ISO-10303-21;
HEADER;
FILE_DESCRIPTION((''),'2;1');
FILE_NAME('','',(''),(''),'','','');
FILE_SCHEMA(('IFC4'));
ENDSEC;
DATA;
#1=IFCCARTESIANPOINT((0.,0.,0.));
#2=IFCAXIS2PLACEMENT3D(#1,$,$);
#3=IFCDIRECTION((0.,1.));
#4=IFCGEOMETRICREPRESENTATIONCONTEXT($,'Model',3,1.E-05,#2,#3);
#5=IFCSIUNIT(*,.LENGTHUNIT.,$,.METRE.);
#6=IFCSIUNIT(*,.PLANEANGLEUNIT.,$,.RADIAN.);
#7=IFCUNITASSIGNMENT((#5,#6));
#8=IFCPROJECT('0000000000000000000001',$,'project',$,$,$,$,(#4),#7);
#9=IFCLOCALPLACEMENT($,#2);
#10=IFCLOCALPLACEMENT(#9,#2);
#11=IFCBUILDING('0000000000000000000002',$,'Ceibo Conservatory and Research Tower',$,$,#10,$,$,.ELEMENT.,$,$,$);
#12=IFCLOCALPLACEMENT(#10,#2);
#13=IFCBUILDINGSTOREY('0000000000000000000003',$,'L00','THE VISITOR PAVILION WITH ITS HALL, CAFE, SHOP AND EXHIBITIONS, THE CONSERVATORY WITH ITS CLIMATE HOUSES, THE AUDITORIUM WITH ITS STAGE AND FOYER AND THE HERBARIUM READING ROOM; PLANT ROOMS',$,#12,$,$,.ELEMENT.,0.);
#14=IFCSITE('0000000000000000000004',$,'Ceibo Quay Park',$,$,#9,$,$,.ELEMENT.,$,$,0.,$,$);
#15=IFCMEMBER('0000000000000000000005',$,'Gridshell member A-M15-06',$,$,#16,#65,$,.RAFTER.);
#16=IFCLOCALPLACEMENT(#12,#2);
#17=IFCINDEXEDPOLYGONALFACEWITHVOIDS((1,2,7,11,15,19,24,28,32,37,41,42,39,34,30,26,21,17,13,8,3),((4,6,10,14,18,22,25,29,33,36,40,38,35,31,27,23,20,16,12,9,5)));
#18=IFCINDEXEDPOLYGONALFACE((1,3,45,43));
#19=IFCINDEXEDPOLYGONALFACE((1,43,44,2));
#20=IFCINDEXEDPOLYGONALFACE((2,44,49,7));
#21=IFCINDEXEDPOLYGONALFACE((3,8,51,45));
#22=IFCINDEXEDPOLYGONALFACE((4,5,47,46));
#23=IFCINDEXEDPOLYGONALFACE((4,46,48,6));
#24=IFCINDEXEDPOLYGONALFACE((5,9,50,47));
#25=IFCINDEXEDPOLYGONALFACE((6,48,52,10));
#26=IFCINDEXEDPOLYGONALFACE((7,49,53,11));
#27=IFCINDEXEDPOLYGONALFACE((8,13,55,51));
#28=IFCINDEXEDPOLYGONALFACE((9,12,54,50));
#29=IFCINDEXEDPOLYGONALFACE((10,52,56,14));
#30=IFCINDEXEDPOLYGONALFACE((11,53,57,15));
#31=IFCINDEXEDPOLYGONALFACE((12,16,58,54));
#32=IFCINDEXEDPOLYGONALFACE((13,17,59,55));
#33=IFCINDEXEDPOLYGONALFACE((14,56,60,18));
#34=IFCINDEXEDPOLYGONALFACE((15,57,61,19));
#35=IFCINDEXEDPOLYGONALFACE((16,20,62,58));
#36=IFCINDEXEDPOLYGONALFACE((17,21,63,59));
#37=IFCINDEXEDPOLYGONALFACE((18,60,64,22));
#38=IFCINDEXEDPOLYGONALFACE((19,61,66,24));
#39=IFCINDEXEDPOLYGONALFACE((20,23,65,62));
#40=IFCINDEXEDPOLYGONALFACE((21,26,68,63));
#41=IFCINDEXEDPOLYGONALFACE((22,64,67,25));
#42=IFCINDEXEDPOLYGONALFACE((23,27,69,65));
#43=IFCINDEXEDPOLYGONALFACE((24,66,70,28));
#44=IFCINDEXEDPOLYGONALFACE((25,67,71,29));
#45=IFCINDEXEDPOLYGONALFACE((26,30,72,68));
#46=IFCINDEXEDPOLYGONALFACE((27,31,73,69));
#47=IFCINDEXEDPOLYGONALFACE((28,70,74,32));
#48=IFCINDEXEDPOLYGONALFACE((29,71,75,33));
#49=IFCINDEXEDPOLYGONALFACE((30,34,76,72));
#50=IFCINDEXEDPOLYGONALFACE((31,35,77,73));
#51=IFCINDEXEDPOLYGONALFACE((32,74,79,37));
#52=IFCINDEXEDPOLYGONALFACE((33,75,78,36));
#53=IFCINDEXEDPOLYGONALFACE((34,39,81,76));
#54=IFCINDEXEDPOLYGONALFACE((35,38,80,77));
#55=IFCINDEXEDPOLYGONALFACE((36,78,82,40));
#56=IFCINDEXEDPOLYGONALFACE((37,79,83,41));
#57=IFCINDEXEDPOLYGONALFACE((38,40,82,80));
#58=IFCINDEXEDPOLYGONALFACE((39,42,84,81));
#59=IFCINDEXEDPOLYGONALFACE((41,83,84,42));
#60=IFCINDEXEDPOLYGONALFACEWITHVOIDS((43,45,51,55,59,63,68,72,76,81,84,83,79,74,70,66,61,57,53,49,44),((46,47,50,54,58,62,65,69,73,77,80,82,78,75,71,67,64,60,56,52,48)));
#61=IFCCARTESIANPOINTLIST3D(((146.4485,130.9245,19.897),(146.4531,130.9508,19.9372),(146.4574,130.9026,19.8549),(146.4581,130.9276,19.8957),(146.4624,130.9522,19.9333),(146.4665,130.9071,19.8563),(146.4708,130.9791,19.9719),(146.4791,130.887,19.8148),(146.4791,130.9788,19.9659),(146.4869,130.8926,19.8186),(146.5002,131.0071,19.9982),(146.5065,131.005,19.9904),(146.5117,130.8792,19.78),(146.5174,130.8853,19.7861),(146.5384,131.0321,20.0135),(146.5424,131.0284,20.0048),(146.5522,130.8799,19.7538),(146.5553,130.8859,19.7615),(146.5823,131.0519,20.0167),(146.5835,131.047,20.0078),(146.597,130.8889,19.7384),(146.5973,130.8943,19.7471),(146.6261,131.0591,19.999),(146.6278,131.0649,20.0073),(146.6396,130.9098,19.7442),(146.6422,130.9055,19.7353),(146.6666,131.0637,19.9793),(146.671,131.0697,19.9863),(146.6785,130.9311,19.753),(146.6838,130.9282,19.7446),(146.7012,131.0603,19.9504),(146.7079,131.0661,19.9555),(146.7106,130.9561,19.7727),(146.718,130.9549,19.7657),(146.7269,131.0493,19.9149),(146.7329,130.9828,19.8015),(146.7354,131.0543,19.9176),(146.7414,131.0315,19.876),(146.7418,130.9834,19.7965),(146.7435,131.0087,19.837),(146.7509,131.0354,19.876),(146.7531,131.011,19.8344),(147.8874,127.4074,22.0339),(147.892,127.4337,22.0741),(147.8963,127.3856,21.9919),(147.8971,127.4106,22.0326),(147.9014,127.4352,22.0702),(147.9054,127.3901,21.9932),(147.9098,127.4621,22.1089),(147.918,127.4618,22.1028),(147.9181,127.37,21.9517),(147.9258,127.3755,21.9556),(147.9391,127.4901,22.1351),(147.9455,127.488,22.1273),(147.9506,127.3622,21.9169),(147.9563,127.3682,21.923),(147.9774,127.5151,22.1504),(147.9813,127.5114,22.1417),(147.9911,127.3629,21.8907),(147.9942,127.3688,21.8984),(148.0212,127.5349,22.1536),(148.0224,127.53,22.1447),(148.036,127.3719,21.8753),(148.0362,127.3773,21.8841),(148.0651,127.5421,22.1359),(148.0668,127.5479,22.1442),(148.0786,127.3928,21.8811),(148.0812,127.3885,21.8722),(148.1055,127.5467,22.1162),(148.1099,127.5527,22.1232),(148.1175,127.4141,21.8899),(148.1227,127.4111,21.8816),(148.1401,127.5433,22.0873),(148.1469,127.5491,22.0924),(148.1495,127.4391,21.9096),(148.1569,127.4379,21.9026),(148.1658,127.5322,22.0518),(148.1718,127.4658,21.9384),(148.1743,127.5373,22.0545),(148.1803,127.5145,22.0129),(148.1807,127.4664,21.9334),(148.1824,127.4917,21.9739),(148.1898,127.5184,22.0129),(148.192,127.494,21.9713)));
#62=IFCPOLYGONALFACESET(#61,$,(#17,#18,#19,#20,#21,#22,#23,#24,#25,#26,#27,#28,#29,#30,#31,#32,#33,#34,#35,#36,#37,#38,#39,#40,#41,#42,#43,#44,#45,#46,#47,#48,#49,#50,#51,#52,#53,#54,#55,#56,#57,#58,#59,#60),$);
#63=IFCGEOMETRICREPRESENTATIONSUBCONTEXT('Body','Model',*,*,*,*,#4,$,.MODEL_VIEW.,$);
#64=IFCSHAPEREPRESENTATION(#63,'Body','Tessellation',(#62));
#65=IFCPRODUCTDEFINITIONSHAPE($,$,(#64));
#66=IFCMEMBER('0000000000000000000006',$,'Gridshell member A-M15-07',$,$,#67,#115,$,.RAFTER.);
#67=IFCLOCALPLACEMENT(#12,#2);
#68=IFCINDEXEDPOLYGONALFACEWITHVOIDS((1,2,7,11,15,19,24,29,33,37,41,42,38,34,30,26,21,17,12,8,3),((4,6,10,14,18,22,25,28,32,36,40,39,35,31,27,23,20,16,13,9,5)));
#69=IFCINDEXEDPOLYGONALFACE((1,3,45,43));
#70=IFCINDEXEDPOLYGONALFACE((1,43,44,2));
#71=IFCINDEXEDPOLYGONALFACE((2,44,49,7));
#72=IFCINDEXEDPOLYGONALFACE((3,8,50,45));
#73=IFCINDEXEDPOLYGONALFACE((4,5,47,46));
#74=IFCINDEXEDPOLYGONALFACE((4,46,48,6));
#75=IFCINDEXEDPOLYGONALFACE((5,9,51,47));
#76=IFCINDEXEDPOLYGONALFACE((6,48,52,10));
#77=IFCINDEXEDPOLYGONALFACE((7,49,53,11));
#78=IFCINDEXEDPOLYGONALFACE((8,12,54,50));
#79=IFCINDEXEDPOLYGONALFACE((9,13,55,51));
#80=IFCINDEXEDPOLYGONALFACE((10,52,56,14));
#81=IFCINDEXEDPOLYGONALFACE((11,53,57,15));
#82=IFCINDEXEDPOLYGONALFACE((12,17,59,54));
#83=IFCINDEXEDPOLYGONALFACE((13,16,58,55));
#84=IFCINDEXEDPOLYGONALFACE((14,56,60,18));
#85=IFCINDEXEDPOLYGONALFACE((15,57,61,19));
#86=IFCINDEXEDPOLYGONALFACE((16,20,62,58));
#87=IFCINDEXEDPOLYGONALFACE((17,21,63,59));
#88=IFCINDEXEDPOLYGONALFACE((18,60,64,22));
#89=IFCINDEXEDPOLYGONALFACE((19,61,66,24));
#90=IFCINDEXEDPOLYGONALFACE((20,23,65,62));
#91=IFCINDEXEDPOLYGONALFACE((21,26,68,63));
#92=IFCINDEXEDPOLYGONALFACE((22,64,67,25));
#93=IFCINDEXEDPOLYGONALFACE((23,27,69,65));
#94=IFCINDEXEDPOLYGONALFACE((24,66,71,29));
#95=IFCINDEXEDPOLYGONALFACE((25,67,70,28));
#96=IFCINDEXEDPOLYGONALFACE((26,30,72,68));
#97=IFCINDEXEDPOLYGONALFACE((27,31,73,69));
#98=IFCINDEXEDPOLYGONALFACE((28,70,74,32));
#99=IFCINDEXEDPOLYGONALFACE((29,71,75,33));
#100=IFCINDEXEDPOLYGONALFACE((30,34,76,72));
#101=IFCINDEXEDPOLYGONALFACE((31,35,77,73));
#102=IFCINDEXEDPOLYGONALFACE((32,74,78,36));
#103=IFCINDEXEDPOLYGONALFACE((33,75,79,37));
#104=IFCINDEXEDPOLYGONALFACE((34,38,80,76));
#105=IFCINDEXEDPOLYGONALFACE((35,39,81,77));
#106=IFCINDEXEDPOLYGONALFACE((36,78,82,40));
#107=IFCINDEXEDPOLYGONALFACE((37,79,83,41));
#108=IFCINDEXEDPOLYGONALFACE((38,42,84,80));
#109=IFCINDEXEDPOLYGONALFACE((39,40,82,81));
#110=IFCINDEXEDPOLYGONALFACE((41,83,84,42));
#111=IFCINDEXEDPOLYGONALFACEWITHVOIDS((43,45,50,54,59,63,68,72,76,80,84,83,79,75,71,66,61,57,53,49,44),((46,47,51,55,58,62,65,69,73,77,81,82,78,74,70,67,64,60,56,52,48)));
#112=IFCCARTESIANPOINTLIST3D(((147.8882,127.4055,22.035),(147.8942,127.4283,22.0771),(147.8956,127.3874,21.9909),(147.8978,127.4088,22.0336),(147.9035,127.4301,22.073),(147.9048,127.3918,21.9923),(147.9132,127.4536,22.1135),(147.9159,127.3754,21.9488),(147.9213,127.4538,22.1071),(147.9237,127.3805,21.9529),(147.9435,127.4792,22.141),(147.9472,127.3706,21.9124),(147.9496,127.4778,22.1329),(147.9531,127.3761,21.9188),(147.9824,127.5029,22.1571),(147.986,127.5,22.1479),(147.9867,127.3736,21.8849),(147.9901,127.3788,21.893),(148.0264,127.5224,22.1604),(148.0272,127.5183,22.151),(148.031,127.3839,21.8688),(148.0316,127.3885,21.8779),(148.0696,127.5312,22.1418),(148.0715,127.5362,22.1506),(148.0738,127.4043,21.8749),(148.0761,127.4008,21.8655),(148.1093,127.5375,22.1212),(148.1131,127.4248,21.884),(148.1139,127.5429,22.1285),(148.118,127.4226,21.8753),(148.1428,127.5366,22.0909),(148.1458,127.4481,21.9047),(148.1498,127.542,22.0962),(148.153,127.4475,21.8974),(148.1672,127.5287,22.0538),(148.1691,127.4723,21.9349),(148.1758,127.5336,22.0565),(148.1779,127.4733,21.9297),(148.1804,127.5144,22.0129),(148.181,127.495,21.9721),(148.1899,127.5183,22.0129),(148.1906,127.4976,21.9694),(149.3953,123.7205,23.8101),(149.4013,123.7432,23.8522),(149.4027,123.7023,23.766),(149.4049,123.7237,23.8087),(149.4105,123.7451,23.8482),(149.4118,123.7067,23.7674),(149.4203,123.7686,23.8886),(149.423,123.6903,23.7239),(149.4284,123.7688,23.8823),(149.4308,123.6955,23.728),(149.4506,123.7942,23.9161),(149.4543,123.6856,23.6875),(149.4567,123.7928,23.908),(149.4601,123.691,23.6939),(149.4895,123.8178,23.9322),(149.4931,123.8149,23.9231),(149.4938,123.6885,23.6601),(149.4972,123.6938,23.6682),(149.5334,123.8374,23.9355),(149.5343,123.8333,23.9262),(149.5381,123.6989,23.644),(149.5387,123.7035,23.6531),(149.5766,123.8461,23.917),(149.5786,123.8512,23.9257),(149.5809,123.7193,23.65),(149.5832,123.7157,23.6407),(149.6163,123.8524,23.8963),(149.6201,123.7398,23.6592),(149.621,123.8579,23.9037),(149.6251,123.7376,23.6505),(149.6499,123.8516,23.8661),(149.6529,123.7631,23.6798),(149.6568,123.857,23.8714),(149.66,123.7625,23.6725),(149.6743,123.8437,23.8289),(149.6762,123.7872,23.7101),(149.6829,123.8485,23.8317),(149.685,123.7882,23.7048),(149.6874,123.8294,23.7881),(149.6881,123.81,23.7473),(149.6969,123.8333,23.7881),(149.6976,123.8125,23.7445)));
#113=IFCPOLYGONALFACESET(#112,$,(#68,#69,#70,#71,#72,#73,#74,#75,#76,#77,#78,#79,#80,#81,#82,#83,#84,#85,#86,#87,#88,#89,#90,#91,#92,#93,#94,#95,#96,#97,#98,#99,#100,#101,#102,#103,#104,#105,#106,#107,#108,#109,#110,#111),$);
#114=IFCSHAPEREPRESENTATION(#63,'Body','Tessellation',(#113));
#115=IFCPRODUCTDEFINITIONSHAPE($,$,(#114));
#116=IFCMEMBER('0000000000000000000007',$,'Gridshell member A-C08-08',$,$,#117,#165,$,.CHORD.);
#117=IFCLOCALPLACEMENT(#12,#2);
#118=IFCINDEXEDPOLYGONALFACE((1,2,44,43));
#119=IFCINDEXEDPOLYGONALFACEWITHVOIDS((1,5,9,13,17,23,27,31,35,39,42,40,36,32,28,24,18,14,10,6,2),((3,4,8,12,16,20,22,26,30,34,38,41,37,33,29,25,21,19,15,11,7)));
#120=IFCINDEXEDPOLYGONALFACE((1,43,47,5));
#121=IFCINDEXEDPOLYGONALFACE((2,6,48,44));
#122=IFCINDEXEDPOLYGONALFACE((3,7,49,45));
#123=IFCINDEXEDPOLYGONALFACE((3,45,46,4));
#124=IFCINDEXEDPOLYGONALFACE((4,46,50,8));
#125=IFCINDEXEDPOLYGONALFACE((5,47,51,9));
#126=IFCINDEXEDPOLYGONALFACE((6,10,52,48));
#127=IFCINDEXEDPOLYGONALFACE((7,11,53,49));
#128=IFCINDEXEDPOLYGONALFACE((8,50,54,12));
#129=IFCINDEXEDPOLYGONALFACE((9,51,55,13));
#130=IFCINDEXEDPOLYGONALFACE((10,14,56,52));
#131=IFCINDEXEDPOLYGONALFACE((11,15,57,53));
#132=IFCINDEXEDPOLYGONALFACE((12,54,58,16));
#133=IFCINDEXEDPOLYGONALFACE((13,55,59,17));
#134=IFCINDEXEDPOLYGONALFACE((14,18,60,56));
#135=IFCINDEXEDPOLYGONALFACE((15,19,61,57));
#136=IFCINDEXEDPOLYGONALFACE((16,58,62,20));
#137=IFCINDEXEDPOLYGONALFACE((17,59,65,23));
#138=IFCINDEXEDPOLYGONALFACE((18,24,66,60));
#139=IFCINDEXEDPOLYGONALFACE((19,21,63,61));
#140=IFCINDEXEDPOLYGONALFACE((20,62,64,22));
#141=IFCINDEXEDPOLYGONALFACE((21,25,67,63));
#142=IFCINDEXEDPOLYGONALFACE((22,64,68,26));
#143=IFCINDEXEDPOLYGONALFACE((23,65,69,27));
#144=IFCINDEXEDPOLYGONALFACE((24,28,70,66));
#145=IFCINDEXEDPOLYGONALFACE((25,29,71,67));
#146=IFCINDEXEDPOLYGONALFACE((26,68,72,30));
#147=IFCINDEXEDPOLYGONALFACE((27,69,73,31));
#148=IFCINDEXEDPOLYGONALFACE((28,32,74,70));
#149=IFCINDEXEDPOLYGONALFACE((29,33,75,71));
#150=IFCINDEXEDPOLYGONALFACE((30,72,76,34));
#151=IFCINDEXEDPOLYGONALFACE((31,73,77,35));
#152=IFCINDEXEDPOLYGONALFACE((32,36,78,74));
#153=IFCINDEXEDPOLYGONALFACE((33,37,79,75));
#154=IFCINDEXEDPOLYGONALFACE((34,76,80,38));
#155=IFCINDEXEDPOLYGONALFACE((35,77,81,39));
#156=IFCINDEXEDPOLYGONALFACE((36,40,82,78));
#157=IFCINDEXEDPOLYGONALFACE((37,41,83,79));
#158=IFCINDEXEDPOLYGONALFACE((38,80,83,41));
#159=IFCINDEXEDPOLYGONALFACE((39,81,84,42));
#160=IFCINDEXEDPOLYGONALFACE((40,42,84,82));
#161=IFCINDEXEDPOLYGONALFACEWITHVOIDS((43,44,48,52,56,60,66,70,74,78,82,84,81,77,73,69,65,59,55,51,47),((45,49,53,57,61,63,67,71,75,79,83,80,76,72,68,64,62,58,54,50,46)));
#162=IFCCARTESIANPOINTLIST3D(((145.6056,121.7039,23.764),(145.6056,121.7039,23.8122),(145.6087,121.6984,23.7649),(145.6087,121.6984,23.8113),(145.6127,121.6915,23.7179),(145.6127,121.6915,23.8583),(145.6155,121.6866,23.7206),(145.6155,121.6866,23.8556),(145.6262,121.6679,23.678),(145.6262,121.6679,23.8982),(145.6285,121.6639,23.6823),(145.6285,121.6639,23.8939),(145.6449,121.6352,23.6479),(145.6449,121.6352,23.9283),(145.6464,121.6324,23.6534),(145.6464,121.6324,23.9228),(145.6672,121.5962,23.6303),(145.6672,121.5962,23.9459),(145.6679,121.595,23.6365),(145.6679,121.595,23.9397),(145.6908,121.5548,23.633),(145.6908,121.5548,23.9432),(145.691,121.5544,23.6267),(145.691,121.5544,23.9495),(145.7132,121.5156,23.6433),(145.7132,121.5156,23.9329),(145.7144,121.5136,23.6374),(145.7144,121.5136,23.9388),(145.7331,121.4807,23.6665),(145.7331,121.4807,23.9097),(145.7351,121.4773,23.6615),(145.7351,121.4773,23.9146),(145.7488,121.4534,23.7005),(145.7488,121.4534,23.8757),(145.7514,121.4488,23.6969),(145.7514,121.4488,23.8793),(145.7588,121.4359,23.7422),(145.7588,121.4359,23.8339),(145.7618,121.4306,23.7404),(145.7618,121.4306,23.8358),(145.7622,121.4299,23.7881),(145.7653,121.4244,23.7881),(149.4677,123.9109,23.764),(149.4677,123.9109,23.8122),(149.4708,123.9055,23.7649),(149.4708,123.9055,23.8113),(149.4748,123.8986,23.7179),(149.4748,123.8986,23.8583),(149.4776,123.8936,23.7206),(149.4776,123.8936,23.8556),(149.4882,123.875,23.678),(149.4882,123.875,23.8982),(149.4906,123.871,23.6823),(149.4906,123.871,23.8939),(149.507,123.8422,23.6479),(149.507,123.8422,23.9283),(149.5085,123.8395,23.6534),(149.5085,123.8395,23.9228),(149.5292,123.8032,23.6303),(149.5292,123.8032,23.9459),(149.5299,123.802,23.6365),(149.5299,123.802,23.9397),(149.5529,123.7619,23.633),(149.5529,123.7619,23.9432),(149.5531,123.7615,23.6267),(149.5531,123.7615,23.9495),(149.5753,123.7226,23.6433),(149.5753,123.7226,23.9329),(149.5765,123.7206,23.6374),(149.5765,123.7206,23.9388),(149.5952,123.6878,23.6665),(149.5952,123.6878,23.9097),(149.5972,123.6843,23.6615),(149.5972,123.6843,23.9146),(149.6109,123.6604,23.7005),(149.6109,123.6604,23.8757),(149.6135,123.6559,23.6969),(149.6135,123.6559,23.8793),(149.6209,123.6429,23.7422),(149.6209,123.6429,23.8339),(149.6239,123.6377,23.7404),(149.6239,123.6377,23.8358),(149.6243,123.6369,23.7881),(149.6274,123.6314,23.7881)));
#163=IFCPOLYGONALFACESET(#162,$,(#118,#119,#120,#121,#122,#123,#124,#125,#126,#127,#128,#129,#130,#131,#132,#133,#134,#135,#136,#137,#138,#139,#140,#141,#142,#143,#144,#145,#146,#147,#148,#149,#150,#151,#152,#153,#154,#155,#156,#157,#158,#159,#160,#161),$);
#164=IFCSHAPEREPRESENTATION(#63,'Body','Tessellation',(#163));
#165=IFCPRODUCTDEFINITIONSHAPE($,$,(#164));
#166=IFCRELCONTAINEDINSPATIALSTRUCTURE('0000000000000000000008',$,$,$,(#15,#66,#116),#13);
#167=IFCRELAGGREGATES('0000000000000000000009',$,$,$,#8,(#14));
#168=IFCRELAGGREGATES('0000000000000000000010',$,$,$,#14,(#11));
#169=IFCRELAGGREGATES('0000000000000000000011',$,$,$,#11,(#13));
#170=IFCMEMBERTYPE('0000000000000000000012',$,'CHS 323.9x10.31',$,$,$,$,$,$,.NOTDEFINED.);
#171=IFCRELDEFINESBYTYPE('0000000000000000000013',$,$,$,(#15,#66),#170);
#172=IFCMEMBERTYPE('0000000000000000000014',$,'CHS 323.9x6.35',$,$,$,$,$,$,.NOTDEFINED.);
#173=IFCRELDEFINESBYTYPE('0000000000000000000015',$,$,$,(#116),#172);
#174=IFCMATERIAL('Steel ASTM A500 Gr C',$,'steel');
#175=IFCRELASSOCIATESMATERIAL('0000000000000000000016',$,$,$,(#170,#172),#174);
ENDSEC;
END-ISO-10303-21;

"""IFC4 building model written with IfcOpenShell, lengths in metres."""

from ifc_helpers import new_model, si_unit, direction, frame, origin, origin_2d, place, context, subcontext, project, spatial, hollow_circle, extrude, material, material_profile, profile_set, type_object, element, save


model = new_model("IFC4")

# Units and contexts
model_context = context("Model", 3, precision=1e-05, world=origin(), true_north=direction((0.0, 1.0)))
body_context = subcontext(model_context, "Body", "Model", "MODEL_VIEW")
ifc_project = project(units=[si_unit("LENGTHUNIT", "METRE"), si_unit("PLANEANGLEUNIT", "RADIAN")], contexts=[model_context])

# Site, building, storey
site_placement = place(None, origin())
site = spatial("IfcSite", under=ifc_project, at=site_placement, Name="Ceibo Quay Park", CompositionType="ELEMENT", RefElevation=0.0)
building_placement = place(site_placement, origin())
building = spatial("IfcBuilding", under=site, at=building_placement, Name="Ceibo Conservatory and Research Tower", CompositionType="ELEMENT")
storey_placement = place(building_placement, origin())
storey = spatial("IfcBuildingStorey", under=building, at=storey_placement, Name="L00", Description="THE VISITOR PAVILION WITH ITS HALL, CAFE, SHOP AND EXHIBITIONS, THE CONSERVATORY WITH ITS CLIMATE HOUSES, THE AUDITORIUM WITH ITS STAGE AND FOYER AND THE HERBARIUM READING ROOM; PLANT ROOMS", CompositionType="ELEMENT", Elevation=0.0)

# Members
ifc_material_1 = material(Name="Steel ASTM A500 Gr C", Category="steel")
ifc_material_profile_1 = material_profile(ifc_material_1, hollow_circle(Radius=0.1619, WallThickness=0.0103, at=origin_2d()), Name="CHS 323.9x10.31")
ifc_profile_set_1 = profile_set([ifc_material_profile_1], Name="Steel ASTM A500 Gr C")
member_type_1 = type_object("IfcMemberType", Name="CHS 323.9x10.31", PredefinedType="NOTDEFINED", material=ifc_profile_set_1)
member_1_placement = place(storey_placement, frame((146.6011, 130.9741, 19.876), z_axis=(0.330059, -0.806724, 0.490161), x_axis=(0.925533, 0.378668, 0.0)))
element("IfcMember", 1, at=member_1_placement, inside=storey, type_object=member_type_1, Name="Gridshell member A-M15-06", PredefinedType="RAFTER", context=body_context, shape_type="SweptSolid", body=[
    extrude(hollow_circle(Radius=0.1619, WallThickness=0.0103, at=origin_2d()), origin(), (0.0, 0.0, 1.0), 4.3596),
])
member_2_placement = place(storey_placement, frame((148.04, 127.457, 22.0129), z_axis=(0.345729, -0.845364, 0.407224), x_axis=(0.925586, 0.378537, 0.0)))
element("IfcMember", 2, at=member_2_placement, inside=storey, type_object=member_type_1, Name="Gridshell member A-M15-07", PredefinedType="RAFTER", context=body_context, shape_type="SweptSolid", body=[
    extrude(hollow_circle(Radius=0.1619, WallThickness=0.0103, at=origin_2d()), origin(), (0.0, 0.0, 1.0), 4.3591),
])
ifc_material_profile_2 = material_profile(ifc_material_1, hollow_circle(Radius=0.1619, WallThickness=0.0063, at=origin_2d()), Name="CHS 323.9x6.35")
ifc_profile_set_2 = profile_set([ifc_material_profile_2], Name="Steel ASTM A500 Gr C")
member_type_2 = type_object("IfcMemberType", Name="CHS 323.9x6.35", PredefinedType="NOTDEFINED", material=ifc_profile_set_2)
member_3_placement = place(storey_placement, frame((149.5471, 123.772, 23.7881), z_axis=(-0.86823, -0.496163, 0.0), x_axis=(0.496163, -0.86823, 0.0)))
element("IfcMember", 3, at=member_3_placement, inside=storey, type_object=member_type_2, Name="Gridshell member A-C08-08", PredefinedType="CHORD", context=body_context, shape_type="SweptSolid", body=[
    extrude(hollow_circle(Radius=0.1619, WallThickness=0.0063, at=origin_2d()), origin(), (0.0, 0.0, 1.0), 4.4482),
])

save(model, "model.ifc")
